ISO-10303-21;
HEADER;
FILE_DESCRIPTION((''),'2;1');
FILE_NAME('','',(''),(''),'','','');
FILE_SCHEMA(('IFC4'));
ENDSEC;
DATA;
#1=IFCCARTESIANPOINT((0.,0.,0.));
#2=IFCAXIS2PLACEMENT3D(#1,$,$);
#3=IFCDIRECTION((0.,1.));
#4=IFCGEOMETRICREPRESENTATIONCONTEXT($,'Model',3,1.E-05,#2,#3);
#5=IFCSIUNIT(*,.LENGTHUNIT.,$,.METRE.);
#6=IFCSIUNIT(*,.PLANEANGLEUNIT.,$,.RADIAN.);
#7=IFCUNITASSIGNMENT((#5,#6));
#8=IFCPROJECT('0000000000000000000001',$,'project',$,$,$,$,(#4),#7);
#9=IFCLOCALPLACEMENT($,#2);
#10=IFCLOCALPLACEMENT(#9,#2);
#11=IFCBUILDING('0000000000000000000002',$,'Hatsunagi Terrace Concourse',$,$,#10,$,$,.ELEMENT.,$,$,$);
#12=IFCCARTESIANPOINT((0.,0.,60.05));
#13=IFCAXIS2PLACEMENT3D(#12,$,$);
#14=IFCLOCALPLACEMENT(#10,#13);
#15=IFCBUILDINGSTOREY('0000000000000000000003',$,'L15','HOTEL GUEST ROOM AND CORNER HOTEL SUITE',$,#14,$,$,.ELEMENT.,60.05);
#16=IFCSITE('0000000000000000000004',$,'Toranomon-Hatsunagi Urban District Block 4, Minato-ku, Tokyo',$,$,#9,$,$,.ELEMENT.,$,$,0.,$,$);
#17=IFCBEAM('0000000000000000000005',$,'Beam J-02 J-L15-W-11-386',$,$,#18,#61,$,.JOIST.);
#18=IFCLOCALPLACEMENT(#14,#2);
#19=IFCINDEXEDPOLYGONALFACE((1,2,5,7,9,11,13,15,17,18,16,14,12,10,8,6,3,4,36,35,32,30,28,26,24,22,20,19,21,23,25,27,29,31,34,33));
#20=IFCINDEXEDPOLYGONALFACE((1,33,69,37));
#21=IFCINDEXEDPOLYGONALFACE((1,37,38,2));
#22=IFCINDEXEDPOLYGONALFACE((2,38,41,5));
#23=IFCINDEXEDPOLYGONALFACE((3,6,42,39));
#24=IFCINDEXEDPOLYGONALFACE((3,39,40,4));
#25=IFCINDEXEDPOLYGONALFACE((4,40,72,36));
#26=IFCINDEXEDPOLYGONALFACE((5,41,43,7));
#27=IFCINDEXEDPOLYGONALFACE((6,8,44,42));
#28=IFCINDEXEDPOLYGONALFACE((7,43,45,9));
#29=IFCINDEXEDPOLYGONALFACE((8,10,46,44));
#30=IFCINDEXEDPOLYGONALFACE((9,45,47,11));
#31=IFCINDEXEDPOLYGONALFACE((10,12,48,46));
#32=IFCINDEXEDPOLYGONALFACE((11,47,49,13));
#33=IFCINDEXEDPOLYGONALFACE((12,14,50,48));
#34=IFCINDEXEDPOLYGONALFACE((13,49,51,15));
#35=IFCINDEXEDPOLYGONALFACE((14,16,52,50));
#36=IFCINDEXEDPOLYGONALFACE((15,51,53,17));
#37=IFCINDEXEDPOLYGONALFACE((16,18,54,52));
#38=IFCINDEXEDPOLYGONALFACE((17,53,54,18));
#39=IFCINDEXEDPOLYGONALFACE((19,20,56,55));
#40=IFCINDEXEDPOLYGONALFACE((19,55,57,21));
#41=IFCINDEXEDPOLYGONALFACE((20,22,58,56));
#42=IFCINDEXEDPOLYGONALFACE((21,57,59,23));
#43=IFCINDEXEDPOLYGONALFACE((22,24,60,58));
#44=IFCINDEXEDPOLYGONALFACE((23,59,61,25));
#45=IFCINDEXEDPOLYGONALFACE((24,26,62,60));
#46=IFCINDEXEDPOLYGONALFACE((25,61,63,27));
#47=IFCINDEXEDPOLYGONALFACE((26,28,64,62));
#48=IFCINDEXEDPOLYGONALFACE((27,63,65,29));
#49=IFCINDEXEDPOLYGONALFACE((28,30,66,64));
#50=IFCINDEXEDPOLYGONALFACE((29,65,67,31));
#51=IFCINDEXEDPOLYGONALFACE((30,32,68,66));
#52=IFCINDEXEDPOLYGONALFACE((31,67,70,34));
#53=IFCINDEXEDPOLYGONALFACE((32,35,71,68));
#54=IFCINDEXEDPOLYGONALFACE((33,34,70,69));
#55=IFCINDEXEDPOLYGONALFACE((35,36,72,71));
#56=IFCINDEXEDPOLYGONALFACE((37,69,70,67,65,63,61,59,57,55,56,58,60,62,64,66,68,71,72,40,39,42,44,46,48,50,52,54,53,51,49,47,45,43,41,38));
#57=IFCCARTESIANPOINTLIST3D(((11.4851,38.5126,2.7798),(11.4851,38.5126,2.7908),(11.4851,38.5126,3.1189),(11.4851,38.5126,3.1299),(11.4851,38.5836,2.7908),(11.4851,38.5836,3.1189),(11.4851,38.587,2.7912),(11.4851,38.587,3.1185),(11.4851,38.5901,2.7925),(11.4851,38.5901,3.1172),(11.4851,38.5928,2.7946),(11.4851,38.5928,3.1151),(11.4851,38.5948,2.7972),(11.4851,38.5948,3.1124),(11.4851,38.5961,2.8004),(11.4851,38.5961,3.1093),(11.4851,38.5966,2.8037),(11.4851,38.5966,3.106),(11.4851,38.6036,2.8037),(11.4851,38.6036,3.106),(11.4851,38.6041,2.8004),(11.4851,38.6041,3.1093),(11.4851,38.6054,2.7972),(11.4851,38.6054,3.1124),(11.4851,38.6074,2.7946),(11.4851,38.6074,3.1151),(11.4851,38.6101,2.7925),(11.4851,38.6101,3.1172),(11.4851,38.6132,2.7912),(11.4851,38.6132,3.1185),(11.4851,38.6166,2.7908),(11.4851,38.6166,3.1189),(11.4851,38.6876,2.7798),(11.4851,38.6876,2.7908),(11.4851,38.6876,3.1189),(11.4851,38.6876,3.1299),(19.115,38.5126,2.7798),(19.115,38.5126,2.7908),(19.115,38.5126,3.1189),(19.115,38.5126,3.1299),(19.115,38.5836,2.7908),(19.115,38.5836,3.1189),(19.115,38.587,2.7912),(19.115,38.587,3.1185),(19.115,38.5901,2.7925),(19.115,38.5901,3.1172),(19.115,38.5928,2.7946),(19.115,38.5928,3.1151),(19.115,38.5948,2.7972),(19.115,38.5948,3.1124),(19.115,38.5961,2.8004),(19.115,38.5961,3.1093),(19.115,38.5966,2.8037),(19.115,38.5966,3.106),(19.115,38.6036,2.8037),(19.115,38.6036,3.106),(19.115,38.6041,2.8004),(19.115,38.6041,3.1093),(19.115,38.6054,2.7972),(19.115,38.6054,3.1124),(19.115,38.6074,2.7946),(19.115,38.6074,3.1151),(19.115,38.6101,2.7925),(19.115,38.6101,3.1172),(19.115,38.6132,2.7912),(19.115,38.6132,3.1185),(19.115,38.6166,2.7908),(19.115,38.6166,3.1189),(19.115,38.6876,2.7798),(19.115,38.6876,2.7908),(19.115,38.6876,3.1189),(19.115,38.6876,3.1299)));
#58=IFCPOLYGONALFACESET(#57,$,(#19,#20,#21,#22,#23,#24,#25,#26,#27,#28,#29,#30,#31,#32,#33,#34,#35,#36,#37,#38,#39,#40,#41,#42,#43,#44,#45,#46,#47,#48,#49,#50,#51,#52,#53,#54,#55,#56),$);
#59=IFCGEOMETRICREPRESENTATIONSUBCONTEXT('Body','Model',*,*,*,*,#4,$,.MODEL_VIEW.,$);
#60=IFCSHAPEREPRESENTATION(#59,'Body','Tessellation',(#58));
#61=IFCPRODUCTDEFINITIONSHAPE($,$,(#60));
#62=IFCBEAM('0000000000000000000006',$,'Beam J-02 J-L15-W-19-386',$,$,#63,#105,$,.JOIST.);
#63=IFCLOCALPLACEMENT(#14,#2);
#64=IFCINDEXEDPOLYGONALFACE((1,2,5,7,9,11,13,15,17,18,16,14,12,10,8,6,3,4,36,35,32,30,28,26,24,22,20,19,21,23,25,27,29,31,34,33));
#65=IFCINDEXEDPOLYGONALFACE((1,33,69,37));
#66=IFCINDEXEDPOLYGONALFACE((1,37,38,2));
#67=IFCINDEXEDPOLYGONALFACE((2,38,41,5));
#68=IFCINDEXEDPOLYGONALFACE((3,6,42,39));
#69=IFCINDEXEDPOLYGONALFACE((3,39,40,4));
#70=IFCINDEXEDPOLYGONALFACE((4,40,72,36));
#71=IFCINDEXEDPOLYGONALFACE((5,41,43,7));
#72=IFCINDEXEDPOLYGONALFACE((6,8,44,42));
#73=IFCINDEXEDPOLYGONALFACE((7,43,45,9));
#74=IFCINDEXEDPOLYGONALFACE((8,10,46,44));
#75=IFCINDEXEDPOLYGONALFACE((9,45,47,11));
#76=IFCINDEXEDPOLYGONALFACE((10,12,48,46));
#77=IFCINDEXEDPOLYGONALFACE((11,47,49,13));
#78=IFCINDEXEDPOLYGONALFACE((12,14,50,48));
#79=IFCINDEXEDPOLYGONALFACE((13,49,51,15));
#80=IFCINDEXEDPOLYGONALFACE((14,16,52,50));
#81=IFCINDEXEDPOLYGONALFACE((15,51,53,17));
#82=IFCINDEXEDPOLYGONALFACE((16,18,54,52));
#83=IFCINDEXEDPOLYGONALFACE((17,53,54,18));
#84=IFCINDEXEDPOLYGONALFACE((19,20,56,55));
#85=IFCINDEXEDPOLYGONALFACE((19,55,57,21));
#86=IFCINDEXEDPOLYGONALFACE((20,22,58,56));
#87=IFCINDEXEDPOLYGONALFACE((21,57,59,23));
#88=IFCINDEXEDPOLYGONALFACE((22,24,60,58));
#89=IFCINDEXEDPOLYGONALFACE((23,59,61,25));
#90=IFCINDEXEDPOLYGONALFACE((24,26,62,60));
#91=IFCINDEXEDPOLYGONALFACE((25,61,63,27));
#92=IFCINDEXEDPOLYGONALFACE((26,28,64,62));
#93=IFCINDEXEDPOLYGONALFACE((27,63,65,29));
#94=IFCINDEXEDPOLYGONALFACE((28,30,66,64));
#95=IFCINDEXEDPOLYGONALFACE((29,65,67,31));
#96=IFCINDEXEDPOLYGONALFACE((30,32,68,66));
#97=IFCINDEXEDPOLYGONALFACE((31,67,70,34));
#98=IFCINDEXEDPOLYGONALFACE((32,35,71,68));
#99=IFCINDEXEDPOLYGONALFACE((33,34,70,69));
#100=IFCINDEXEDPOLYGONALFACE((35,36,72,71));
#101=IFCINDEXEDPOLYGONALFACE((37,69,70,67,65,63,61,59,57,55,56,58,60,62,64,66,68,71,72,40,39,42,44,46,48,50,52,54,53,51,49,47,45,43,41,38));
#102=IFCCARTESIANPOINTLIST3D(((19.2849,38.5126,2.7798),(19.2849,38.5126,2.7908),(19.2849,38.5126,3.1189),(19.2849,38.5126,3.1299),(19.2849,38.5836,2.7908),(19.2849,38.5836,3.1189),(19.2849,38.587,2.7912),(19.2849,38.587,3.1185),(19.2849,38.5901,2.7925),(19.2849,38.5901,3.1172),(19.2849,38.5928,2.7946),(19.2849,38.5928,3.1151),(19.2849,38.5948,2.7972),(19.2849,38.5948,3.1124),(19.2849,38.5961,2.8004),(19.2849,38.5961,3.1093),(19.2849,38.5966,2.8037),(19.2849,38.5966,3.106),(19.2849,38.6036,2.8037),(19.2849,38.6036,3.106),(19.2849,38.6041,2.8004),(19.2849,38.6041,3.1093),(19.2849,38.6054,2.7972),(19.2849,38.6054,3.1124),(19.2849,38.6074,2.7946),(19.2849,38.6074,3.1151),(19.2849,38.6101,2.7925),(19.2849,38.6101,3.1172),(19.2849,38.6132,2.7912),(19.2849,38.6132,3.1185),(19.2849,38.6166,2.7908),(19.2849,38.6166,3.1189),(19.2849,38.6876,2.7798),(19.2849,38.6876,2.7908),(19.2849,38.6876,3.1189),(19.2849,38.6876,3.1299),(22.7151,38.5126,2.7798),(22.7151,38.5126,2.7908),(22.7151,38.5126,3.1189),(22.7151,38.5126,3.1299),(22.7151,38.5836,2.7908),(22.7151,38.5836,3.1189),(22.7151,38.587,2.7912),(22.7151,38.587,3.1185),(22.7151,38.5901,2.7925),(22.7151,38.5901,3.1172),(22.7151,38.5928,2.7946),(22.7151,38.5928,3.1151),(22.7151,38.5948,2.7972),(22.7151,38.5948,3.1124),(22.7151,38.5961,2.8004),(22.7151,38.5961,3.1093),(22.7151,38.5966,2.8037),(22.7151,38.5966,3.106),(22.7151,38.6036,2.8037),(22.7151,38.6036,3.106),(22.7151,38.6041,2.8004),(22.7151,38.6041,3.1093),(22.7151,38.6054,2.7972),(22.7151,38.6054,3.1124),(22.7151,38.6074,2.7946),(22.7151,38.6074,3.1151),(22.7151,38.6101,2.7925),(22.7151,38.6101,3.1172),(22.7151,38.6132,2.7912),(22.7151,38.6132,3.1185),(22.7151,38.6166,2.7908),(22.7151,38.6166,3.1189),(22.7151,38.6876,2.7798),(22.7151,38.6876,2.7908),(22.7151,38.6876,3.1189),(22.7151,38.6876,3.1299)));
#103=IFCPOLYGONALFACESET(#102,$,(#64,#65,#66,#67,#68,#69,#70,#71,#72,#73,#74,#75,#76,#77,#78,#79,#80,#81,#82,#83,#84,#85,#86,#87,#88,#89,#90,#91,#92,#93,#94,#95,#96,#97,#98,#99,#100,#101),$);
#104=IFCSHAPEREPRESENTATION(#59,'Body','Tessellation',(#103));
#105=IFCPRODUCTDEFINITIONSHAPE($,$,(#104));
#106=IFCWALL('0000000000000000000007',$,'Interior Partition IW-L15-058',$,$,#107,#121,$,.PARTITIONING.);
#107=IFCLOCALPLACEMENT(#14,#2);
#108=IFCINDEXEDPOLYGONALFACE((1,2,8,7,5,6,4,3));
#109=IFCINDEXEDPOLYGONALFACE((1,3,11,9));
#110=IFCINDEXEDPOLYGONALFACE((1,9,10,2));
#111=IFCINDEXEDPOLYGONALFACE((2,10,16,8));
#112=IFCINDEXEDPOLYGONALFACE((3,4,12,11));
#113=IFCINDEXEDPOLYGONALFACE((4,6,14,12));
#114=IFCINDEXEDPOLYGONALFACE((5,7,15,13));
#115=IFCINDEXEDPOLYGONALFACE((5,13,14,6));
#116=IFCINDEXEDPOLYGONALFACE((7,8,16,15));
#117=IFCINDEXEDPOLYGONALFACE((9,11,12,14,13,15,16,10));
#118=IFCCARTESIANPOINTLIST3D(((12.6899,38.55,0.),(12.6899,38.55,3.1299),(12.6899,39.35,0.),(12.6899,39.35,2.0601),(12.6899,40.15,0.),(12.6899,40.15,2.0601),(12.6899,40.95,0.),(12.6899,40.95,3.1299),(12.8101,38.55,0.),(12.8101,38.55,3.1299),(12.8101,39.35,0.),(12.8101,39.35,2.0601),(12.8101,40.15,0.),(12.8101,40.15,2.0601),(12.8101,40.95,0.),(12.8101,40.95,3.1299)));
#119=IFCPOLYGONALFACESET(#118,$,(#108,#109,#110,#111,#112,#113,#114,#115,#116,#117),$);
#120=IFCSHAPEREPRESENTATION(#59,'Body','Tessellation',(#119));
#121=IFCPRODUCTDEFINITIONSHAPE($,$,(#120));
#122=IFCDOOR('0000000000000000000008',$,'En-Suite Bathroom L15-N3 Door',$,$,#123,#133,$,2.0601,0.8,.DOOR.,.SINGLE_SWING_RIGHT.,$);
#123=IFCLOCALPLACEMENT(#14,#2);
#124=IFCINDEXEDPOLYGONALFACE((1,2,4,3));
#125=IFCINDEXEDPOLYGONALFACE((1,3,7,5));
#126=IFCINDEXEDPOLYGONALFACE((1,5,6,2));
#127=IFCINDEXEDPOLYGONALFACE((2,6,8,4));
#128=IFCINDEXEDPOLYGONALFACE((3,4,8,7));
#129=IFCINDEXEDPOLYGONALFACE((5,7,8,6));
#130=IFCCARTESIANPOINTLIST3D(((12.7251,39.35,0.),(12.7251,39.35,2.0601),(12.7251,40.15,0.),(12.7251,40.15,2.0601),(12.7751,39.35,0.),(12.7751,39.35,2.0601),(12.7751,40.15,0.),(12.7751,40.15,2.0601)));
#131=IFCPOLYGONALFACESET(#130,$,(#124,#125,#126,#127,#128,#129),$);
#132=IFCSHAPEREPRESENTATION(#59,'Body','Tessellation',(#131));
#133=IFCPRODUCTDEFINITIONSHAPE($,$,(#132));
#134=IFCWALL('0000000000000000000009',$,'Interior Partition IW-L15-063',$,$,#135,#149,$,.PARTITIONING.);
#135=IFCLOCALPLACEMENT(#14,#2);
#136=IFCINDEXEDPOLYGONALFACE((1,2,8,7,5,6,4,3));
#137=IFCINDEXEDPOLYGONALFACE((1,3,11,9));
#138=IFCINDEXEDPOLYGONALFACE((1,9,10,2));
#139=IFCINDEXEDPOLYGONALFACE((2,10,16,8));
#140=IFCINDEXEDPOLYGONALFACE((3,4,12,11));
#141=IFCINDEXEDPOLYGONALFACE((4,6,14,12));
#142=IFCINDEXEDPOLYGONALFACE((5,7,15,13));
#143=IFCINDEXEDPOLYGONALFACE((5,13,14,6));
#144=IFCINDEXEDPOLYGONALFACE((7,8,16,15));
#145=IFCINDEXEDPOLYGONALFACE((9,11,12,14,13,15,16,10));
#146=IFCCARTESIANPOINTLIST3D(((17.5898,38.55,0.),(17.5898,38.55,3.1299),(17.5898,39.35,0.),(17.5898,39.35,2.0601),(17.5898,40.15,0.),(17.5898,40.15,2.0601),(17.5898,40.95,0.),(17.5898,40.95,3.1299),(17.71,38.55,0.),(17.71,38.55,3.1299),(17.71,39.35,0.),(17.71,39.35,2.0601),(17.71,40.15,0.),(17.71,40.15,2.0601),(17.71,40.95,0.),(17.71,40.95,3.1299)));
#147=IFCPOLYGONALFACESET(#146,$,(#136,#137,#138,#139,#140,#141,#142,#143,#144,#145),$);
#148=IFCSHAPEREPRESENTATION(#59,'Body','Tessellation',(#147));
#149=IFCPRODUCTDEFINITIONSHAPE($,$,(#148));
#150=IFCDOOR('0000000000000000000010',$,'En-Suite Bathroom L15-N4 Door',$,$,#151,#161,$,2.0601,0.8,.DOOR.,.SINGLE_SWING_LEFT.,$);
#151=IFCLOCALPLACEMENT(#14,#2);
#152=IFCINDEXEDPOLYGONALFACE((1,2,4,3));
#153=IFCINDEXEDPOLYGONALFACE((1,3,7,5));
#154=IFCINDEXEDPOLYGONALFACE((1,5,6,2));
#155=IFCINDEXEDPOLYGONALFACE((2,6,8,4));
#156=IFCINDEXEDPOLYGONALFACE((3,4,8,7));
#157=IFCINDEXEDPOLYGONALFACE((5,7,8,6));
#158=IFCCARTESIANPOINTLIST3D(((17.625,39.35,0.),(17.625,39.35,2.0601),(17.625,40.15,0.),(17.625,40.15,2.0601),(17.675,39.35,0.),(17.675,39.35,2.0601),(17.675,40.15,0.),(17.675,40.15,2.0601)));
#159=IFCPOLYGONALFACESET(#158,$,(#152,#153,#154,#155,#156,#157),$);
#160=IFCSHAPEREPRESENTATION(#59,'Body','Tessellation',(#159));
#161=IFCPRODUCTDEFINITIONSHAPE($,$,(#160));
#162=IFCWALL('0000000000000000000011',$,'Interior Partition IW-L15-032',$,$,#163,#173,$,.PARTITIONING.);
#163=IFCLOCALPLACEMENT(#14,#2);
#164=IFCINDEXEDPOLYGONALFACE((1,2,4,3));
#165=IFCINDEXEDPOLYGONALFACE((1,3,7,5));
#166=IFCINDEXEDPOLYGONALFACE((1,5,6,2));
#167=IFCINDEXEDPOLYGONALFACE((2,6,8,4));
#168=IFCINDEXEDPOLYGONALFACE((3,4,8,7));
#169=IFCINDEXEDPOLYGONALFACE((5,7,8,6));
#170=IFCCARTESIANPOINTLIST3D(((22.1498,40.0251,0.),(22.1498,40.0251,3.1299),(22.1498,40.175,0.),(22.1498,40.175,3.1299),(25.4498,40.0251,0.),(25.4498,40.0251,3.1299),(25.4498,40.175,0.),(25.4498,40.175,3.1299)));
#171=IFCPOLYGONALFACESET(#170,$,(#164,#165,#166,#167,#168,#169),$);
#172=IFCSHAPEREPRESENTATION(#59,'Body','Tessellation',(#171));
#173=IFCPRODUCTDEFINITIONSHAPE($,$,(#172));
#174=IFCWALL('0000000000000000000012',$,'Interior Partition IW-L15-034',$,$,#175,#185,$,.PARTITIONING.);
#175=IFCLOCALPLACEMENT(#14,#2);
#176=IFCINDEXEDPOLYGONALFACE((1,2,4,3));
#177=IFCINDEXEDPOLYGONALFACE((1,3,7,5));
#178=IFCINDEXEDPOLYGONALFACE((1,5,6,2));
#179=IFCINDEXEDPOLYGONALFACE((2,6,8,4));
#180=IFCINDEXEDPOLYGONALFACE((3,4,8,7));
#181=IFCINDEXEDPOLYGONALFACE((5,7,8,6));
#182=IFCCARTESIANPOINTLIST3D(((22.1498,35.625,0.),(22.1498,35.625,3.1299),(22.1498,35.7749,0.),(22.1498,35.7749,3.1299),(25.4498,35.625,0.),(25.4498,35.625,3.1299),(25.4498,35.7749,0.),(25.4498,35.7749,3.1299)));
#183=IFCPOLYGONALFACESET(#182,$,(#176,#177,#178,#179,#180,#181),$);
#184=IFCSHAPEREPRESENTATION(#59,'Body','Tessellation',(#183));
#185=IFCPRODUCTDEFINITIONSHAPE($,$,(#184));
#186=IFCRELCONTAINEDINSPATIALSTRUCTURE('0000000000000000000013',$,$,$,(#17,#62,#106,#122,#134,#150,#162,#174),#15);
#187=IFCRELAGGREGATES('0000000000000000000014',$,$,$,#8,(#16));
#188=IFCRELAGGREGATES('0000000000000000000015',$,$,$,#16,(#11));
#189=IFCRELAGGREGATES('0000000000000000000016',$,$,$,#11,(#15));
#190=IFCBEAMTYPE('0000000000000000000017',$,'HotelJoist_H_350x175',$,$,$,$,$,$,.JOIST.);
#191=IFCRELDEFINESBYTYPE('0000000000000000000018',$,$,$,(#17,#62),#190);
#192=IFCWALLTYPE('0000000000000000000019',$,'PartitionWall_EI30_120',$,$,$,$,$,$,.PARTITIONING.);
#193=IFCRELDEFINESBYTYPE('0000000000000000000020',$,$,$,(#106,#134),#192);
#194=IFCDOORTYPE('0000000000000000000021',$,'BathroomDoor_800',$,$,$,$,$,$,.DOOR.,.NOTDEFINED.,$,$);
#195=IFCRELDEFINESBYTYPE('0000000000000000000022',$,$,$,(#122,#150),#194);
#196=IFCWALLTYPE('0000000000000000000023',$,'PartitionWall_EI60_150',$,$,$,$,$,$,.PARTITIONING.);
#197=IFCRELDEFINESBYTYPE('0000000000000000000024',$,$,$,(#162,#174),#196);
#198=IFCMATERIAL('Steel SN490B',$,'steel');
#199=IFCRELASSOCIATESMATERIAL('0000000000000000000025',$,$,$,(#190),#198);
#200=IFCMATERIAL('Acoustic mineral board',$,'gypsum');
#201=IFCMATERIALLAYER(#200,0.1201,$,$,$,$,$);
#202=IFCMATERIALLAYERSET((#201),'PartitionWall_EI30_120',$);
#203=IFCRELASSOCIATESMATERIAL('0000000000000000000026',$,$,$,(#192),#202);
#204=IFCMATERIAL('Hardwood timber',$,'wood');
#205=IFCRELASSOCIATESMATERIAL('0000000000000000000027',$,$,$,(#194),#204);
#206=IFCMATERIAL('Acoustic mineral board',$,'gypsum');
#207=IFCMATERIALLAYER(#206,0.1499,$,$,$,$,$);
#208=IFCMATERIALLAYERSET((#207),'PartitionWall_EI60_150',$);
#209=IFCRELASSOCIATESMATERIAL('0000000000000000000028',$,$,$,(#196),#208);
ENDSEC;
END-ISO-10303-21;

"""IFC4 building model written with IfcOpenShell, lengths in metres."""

from ifc_helpers import new_model, si_unit, direction, frame, frame_2d, origin, origin_2d, place, context, subcontext, project, spatial, rectangle, i_section, extrude, material, layer, layer_set, material_profile, profile_set, type_object, element, fill, save


model = new_model("IFC4")

# Units and contexts
model_context = context("Model", 3, precision=1e-05, world=origin(), true_north=direction((0.0, 1.0)))
body_context = subcontext(model_context, "Body", "Model", "MODEL_VIEW")
ifc_project = project(units=[si_unit("LENGTHUNIT", "METRE"), si_unit("PLANEANGLEUNIT", "RADIAN")], contexts=[model_context])

# Site, building, storey
site_placement = place(None, origin())
site = spatial("IfcSite", under=ifc_project, at=site_placement, Name="Toranomon-Hatsunagi Urban District Block 4, Minato-ku, Tokyo", CompositionType="ELEMENT", RefElevation=0.0)
building_placement = place(site_placement, origin())
building = spatial("IfcBuilding", under=site, at=building_placement, Name="Hatsunagi Terrace Concourse", CompositionType="ELEMENT")
storey_placement = place(building_placement, frame((0.0, 0.0, 60.05)))
storey = spatial("IfcBuildingStorey", under=building, at=storey_placement, Name="L15", Description="HOTEL GUEST ROOM AND CORNER HOTEL SUITE", CompositionType="ELEMENT", Elevation=60.05)

# Beams
ifc_material_1 = material(Name="Steel SN490B", Category="steel")
ifc_material_profile_1 = material_profile(ifc_material_1, i_section(OverallWidth=0.175, OverallDepth=0.3501, WebThickness=0.0071, FlangeThickness=0.011, FilletRadius=0.0129, at=origin_2d()), Name="H-350x175x7x11")
ifc_profile_set_1 = profile_set([ifc_material_profile_1], Name="Steel SN490B")
beam_type_1 = type_object("IfcBeamType", Name="HotelJoist_H_350x175", PredefinedType="JOIST", material=ifc_profile_set_1)
beam_1_placement = place(storey_placement, frame((11.4851, 38.6001, 2.9548), z_axis=(1.0, 0.0, 0.0), x_axis=(0.0, 1.0, 0.0)))
element("IfcBeam", 1, at=beam_1_placement, inside=storey, type_object=beam_type_1, Name="Beam J-02 J-L15-W-11-386", PredefinedType="JOIST", context=body_context, shape_type="SweptSolid", body=[
    extrude(i_section(OverallWidth=0.175, OverallDepth=0.3501, WebThickness=0.0071, FlangeThickness=0.011, FilletRadius=0.0129, at=origin_2d()), origin(), (0.0, 0.0, 1.0), 7.6299),
])
beam_2_placement = place(storey_placement, frame((19.2849, 38.6001, 2.9548), z_axis=(1.0, 0.0, 0.0), x_axis=(0.0, 1.0, 0.0)))
element("IfcBeam", 2, at=beam_2_placement, inside=storey, type_object=beam_type_1, Name="Beam J-02 J-L15-W-19-386", PredefinedType="JOIST", context=body_context, shape_type="SweptSolid", body=[
    extrude(i_section(OverallWidth=0.175, OverallDepth=0.3501, WebThickness=0.0071, FlangeThickness=0.011, FilletRadius=0.0129, at=origin_2d()), origin(), (0.0, 0.0, 1.0), 3.4302),
])

# Walls, openings, doors
ifc_material_2 = material(Name="Acoustic mineral board", Category="gypsum")
ifc_layer_1 = layer(ifc_material_2, 0.1201)
ifc_layer_set_1 = layer_set([ifc_layer_1], Name="PartitionWall_EI30_120")
wall_type_1 = type_object("IfcWallType", Name="PartitionWall_EI30_120", PredefinedType="PARTITIONING", material=ifc_layer_set_1)
wall_1_placement = place(storey_placement, frame((12.75, 38.55, 0.0), z_axis=(0.0, 0.0, 1.0), x_axis=(0.0, 1.0, 0.0)))
wall_1 = element("IfcWall", 3, at=wall_1_placement, inside=storey, type_object=wall_type_1, Name="Interior Partition IW-L15-058", PredefinedType="PARTITIONING", context=body_context, shape_type="SweptSolid", body=[
    extrude(rectangle(XDim=2.3999, YDim=0.1201, at=frame_2d((1.2, 0.0))), origin(), (0.0, 0.0, 1.0), 3.1299),
])
opening_1_placement = place(wall_1_placement, frame((0.8, 0.0, 0.0)))
opening_1 = element("IfcOpeningElement", 4, at=opening_1_placement, cuts=wall_1, PredefinedType="OPENING", context=body_context, shape_type="SweptSolid", body=[
    extrude(rectangle(XDim=0.8, YDim=2.0601, at=frame_2d((0.3999, 1.03))), frame((0.0, 0.0701, 0.0), z_axis=(0.0, -1.0, 0.0), x_axis=(1.0, 0.0, 0.0)), (0.0, 0.0, 1.0), 0.1401),
])
ifc_material_3 = material(Name="Hardwood timber", Category="wood")
door_type_1 = type_object("IfcDoorType", Name="BathroomDoor_800", OperationType="NOTDEFINED", PredefinedType="DOOR", material=ifc_material_3)
door_1_placement = place(opening_1_placement, origin())
door_1 = element("IfcDoor", 5, at=door_1_placement, inside=storey, type_object=door_type_1, Name="En-Suite Bathroom L15-N3 Door", OperationType="SINGLE_SWING_RIGHT", OverallHeight=2.0601, OverallWidth=0.8, PredefinedType="DOOR", context=body_context, shape_type="SweptSolid", body=[
    extrude(rectangle(XDim=0.8, YDim=2.0601, at=frame_2d((0.3999, 1.03))), frame((0.0, 0.0249, 0.0), z_axis=(0.0, -1.0, 0.0), x_axis=(1.0, 0.0, 0.0)), (0.0, 0.0, 1.0), 0.05),
])
fill(opening_1, door_1)
wall_2_placement = place(storey_placement, frame((17.6499, 38.55, 0.0), z_axis=(0.0, 0.0, 1.0), x_axis=(0.0, 1.0, 0.0)))
wall_2 = element("IfcWall", 6, at=wall_2_placement, inside=storey, type_object=wall_type_1, Name="Interior Partition IW-L15-063", PredefinedType="PARTITIONING", context=body_context, shape_type="SweptSolid", body=[
    extrude(rectangle(XDim=2.3999, YDim=0.1201, at=frame_2d((1.2, 0.0))), origin(), (0.0, 0.0, 1.0), 3.1299),
])
opening_2_placement = place(wall_2_placement, frame((0.8, 0.0, 0.0)))
opening_2 = element("IfcOpeningElement", 7, at=opening_2_placement, cuts=wall_2, PredefinedType="OPENING", context=body_context, shape_type="SweptSolid", body=[
    extrude(rectangle(XDim=0.8, YDim=2.0601, at=frame_2d((0.3999, 1.03))), frame((0.0, 0.0701, 0.0), z_axis=(0.0, -1.0, 0.0), x_axis=(1.0, 0.0, 0.0)), (0.0, 0.0, 1.0), 0.1401),
])
door_2_placement = place(opening_2_placement, origin())
door_2 = element("IfcDoor", 8, at=door_2_placement, inside=storey, type_object=door_type_1, Name="En-Suite Bathroom L15-N4 Door", OperationType="SINGLE_SWING_LEFT", OverallHeight=2.0601, OverallWidth=0.8, PredefinedType="DOOR", context=body_context, shape_type="SweptSolid", body=[
    extrude(rectangle(XDim=0.8, YDim=2.0601, at=frame_2d((0.3999, 1.03))), frame((0.0, 0.0249, 0.0), z_axis=(0.0, -1.0, 0.0), x_axis=(1.0, 0.0, 0.0)), (0.0, 0.0, 1.0), 0.05),
])
fill(opening_2, door_2)

# Walls
ifc_material_4 = material(Name="Acoustic mineral board", Category="gypsum")
ifc_layer_2 = layer(ifc_material_4, 0.1499)
ifc_layer_set_2 = layer_set([ifc_layer_2], Name="PartitionWall_EI60_150")
wall_type_2 = type_object("IfcWallType", Name="PartitionWall_EI60_150", PredefinedType="PARTITIONING", material=ifc_layer_set_2)
for number, where, z_axis, x_axis, name in (
    (9, (22.1499, 40.1001, 0.0), (0.0, 0.0, 1.0), (1.0, 0.0, 0.0), "Interior Partition IW-L15-032"),
    (10, (22.1499, 35.7, 0.0), (0.0, 0.0, 1.0), (1.0, 0.0, 0.0), "Interior Partition IW-L15-034"),
):
    element("IfcWall", number, at=place(storey_placement, frame(where, z_axis=z_axis, x_axis=x_axis)), inside=storey, type_object=wall_type_2, Name=name, PredefinedType="PARTITIONING", context=body_context, shape_type="SweptSolid", body=[
        extrude(rectangle(XDim=3.3, YDim=0.1499, at=frame_2d((1.6499, 0.0))), origin(), (0.0, 0.0, 1.0), 3.1299),
    ])

save(model, "model.ifc")
